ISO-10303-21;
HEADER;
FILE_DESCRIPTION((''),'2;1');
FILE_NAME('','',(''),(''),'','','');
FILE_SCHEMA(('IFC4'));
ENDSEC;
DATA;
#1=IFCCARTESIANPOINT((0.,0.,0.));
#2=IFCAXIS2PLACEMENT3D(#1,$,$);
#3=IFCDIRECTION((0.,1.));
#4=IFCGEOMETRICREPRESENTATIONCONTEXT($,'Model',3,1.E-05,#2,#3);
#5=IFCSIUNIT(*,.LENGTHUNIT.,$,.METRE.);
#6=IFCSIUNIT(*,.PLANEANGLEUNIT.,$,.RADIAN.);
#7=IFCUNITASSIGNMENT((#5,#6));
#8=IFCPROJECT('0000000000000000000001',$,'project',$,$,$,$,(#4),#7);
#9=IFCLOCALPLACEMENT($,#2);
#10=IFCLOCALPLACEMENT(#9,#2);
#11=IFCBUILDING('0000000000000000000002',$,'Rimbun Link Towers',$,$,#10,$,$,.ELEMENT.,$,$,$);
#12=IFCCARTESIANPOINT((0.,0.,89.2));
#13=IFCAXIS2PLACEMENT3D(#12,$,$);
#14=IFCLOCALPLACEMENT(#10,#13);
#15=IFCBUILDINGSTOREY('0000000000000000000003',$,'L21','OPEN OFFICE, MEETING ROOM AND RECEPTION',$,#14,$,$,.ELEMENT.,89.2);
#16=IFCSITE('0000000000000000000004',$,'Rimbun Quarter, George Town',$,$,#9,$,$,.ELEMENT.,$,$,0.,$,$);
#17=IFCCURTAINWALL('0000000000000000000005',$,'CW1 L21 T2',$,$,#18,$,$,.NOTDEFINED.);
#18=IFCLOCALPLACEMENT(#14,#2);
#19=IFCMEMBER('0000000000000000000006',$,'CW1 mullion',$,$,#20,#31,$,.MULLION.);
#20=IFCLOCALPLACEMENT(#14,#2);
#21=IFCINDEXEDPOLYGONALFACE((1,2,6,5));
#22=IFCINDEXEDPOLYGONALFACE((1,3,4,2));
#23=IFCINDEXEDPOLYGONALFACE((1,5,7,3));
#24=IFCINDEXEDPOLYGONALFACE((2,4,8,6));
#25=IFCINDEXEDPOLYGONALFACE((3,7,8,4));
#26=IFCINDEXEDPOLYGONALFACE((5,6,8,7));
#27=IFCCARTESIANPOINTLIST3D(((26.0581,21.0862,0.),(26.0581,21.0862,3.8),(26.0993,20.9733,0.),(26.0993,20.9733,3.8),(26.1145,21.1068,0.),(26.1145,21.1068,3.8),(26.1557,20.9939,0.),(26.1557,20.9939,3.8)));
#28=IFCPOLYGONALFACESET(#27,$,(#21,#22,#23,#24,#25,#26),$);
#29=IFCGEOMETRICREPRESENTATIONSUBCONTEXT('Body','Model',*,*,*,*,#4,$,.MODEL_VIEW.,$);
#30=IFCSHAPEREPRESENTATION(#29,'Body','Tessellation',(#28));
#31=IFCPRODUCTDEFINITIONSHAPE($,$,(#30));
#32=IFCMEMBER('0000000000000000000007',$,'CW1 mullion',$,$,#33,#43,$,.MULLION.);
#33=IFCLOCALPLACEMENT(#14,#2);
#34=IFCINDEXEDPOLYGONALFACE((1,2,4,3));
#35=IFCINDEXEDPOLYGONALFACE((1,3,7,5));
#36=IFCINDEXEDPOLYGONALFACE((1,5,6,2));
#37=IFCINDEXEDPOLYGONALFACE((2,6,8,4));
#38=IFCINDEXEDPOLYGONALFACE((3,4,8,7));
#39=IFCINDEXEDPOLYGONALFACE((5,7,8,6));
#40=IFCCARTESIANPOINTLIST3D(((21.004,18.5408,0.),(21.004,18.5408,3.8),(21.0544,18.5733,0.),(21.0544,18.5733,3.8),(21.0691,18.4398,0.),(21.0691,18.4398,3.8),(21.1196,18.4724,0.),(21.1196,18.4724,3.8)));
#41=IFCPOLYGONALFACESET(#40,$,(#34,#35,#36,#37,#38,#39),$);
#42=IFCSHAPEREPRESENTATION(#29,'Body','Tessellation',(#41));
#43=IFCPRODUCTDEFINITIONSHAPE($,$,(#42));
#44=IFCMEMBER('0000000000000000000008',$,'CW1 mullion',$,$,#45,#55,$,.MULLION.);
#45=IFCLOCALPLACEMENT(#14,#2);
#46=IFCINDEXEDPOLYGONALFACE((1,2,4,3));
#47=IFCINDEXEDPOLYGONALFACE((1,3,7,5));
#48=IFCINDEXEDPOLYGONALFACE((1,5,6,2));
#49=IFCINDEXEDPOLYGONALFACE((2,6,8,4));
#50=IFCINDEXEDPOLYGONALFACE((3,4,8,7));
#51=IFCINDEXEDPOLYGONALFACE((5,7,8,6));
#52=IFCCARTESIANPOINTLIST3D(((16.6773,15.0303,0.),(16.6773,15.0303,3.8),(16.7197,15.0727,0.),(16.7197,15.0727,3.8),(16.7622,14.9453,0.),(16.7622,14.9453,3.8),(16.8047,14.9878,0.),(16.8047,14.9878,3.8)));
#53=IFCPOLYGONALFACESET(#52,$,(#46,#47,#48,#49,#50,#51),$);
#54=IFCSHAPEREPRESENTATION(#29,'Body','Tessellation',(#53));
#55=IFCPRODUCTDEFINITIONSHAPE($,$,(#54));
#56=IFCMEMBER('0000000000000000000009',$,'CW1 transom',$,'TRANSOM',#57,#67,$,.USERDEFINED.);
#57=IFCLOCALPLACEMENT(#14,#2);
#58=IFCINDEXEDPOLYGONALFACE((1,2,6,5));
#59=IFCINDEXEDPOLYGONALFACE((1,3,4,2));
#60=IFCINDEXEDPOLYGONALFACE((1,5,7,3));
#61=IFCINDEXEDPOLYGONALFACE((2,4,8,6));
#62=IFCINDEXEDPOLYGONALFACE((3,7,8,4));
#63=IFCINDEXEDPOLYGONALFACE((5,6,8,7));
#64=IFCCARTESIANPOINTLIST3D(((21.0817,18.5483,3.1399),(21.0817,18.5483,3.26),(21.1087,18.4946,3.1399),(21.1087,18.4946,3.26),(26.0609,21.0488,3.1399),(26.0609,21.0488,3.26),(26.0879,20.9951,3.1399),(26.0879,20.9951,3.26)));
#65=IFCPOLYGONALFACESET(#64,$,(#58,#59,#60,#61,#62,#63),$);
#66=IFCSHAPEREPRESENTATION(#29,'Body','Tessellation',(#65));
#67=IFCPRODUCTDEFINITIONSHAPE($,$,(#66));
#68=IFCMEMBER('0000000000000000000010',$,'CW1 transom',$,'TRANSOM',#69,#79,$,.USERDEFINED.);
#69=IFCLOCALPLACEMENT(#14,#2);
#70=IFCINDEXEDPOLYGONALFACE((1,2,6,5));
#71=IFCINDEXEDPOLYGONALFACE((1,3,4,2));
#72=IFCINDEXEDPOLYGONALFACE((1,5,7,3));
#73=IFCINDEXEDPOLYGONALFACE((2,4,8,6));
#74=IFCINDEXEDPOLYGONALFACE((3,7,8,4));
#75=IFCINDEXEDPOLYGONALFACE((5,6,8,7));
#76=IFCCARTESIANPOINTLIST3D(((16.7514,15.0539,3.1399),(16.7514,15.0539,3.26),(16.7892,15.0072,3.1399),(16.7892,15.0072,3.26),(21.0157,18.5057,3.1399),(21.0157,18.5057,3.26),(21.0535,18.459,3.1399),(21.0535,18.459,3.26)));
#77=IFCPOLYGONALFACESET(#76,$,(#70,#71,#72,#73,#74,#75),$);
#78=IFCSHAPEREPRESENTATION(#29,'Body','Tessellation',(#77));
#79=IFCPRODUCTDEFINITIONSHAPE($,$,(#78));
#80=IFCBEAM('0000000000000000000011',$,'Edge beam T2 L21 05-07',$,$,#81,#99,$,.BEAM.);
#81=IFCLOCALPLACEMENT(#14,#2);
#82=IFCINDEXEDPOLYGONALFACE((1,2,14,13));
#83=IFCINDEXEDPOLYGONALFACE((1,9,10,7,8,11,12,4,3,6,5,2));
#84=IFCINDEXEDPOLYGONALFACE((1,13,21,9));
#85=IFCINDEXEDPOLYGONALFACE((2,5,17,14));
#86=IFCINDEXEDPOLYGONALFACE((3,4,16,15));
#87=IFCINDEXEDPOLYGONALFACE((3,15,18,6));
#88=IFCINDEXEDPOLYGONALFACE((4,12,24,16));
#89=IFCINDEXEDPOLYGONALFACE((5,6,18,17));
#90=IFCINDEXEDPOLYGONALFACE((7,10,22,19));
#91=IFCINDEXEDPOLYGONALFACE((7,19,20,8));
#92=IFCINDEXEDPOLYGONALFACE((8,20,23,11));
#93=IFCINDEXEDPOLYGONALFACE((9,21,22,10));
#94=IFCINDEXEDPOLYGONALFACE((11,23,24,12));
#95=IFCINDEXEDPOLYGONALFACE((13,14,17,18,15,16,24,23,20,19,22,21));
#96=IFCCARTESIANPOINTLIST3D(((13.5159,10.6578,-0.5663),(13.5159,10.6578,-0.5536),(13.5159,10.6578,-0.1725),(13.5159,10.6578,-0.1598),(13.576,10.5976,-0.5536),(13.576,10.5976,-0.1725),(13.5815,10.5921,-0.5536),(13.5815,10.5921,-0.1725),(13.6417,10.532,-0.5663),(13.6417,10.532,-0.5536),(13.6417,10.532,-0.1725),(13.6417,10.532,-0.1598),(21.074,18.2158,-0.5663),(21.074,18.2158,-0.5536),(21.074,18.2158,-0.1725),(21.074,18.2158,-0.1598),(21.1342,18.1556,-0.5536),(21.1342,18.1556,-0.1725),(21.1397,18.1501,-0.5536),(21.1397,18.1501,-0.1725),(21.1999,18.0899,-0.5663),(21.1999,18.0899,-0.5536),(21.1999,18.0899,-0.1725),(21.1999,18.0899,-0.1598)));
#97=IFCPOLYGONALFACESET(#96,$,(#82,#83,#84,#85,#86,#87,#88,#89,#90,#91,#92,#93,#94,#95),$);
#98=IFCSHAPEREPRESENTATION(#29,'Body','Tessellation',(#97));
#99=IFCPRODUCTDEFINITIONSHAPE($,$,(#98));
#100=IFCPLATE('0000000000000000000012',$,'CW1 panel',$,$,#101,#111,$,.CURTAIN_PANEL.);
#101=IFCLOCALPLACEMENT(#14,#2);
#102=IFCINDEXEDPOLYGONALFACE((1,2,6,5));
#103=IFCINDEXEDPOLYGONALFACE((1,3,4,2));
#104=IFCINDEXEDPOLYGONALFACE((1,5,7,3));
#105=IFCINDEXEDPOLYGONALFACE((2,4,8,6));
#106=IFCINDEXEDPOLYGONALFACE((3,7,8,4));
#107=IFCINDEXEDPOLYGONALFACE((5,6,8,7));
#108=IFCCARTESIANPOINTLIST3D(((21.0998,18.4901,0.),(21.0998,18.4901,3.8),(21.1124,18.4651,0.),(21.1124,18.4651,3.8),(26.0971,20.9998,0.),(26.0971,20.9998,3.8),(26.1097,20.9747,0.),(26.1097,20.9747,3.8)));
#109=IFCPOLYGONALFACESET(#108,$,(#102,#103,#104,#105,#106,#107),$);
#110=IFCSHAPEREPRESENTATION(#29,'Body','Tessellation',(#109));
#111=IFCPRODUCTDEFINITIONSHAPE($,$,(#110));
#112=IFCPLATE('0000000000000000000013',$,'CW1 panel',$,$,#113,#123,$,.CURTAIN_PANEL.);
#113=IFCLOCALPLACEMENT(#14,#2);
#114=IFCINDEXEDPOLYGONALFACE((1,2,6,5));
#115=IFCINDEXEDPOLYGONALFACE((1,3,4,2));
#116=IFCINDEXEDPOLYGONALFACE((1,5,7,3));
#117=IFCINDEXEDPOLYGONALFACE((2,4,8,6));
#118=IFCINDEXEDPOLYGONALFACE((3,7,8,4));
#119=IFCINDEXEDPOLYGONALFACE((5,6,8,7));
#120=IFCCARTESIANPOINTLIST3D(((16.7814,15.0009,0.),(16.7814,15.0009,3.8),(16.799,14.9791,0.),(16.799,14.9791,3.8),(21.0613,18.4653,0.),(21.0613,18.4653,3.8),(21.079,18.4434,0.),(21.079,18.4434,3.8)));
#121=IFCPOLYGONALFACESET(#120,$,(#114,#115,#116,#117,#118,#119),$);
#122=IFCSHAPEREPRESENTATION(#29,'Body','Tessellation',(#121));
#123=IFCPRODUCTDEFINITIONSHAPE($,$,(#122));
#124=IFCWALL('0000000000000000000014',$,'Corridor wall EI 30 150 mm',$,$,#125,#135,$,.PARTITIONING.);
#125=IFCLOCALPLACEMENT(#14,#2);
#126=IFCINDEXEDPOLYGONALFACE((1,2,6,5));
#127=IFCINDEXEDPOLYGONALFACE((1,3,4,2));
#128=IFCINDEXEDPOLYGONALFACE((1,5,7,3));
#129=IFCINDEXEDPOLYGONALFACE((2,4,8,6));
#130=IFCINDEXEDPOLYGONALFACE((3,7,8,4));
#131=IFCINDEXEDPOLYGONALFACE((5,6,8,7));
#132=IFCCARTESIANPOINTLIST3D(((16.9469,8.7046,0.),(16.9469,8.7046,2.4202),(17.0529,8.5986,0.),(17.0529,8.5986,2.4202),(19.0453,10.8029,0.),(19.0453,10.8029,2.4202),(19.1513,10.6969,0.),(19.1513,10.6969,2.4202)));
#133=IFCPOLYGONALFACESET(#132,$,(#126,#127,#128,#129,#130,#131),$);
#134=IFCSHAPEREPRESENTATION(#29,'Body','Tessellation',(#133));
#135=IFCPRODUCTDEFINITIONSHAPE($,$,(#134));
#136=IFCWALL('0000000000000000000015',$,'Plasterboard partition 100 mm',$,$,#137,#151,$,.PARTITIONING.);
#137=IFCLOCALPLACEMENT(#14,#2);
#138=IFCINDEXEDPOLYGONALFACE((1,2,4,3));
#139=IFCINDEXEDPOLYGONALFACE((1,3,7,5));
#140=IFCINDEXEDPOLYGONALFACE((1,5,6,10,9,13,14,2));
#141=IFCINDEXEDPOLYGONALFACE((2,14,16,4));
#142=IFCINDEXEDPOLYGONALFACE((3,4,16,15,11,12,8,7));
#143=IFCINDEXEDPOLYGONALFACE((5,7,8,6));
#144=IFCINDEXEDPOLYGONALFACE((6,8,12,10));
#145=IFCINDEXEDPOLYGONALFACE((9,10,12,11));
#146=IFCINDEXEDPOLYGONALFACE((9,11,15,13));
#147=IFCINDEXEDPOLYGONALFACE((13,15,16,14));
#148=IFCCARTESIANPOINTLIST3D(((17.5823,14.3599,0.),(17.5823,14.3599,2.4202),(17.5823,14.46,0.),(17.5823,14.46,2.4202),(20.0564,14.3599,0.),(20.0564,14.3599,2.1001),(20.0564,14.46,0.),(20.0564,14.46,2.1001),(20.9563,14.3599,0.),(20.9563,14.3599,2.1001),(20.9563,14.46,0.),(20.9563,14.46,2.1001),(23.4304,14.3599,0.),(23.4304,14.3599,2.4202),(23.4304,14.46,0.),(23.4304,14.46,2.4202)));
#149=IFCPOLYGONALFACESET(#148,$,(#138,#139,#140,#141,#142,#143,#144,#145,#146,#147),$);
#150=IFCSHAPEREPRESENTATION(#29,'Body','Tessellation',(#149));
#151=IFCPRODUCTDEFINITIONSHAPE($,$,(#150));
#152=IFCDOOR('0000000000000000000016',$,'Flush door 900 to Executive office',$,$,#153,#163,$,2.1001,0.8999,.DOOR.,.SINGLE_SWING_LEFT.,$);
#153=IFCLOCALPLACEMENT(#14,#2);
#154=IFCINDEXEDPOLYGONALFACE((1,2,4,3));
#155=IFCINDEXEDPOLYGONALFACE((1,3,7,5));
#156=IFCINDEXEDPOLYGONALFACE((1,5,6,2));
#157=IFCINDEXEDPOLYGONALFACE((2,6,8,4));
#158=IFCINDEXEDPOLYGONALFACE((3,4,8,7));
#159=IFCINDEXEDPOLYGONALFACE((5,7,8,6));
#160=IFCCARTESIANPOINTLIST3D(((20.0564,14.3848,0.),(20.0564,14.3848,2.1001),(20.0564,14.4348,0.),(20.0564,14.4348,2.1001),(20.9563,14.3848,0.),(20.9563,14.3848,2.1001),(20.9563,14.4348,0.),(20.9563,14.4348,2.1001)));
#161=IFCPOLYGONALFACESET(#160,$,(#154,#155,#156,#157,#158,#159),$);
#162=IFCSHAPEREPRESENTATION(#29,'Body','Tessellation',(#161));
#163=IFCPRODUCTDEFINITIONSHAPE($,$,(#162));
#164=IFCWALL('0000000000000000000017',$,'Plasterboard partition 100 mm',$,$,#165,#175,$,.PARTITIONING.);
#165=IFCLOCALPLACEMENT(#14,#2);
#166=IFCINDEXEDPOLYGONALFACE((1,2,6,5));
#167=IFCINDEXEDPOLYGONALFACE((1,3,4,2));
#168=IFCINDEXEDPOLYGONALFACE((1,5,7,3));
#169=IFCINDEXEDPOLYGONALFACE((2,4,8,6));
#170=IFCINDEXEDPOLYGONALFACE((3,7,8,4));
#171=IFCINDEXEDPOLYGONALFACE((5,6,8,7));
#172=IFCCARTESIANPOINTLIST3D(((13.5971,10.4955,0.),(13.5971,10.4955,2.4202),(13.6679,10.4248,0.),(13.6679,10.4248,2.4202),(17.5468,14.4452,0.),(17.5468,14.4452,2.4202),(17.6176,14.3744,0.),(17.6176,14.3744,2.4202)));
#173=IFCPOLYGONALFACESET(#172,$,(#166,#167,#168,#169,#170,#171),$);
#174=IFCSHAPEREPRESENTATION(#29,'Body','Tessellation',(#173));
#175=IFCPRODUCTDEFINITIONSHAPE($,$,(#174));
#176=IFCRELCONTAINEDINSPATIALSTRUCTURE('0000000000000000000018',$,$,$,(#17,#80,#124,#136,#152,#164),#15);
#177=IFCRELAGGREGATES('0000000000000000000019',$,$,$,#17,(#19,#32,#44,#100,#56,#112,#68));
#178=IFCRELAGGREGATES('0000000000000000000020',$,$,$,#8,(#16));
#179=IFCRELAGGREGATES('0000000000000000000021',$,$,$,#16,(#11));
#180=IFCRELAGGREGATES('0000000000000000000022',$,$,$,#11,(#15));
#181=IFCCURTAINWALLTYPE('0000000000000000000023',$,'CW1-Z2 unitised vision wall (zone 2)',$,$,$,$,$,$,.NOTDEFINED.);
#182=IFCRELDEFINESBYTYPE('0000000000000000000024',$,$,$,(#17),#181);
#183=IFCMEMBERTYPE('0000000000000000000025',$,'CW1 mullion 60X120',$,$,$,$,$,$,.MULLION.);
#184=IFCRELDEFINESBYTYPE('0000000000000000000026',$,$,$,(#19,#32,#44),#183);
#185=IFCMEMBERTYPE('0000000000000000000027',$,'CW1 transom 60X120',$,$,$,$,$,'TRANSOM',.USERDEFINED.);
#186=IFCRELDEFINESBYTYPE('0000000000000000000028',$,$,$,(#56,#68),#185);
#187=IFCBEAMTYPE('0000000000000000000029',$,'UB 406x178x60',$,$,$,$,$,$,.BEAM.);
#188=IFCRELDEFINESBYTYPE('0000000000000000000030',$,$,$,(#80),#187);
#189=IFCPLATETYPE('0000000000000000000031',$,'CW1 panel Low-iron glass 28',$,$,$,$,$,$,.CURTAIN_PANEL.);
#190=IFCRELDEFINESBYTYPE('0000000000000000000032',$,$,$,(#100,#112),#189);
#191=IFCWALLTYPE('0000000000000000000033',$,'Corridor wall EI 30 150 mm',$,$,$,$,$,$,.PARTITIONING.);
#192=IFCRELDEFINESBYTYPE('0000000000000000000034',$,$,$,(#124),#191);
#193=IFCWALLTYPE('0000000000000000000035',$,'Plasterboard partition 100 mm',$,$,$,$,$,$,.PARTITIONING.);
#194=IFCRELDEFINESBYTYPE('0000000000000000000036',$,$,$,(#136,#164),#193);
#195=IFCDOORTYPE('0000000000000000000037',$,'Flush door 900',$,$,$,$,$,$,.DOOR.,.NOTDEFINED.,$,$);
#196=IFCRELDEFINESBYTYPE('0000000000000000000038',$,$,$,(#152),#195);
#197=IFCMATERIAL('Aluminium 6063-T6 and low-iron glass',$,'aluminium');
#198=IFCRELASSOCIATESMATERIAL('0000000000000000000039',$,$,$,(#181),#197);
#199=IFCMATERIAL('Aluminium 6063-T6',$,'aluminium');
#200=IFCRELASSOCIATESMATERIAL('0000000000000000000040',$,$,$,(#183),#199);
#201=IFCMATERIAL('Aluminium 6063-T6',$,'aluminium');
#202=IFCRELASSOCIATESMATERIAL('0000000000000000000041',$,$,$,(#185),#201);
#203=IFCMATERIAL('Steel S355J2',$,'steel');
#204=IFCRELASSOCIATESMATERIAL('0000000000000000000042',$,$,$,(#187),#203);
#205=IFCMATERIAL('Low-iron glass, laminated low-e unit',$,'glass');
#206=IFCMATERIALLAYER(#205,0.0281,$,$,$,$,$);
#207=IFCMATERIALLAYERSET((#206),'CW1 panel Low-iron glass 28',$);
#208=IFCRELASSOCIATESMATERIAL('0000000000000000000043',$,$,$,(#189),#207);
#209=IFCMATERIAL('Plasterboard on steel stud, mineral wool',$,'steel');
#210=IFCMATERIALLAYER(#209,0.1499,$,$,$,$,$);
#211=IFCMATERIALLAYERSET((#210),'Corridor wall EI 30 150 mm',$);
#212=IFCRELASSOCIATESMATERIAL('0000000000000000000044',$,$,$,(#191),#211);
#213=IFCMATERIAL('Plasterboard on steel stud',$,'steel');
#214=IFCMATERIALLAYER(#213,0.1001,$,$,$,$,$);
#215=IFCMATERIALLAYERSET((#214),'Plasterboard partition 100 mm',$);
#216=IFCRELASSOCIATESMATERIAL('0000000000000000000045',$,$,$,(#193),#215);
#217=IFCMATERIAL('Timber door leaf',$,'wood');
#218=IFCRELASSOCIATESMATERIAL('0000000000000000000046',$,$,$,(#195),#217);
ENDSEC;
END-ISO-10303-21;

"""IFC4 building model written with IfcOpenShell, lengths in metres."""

from ifc_helpers import new_model, si_unit, direction, frame, frame_2d, origin, origin_2d, place, context, subcontext, project, spatial, rectangle, i_section, extrude, material, layer, layer_set, material_profile, profile_set, type_object, element, fill, aggregate, save


model = new_model("IFC4")

# Units and contexts
model_context = context("Model", 3, precision=1e-05, world=origin(), true_north=direction((0.0, 1.0)))
body_context = subcontext(model_context, "Body", "Model", "MODEL_VIEW")
ifc_project = project(units=[si_unit("LENGTHUNIT", "METRE"), si_unit("PLANEANGLEUNIT", "RADIAN")], contexts=[model_context])

# Site, building, storey
site_placement = place(None, origin())
site = spatial("IfcSite", under=ifc_project, at=site_placement, Name="Rimbun Quarter, George Town", CompositionType="ELEMENT", RefElevation=0.0)
building_placement = place(site_placement, origin())
building = spatial("IfcBuilding", under=site, at=building_placement, Name="Rimbun Link Towers", CompositionType="ELEMENT")
storey_placement = place(building_placement, frame((0.0, 0.0, 89.2)))
storey = spatial("IfcBuildingStorey", under=building, at=storey_placement, Name="L21", Description="OPEN OFFICE, MEETING ROOM AND RECEPTION", CompositionType="ELEMENT", Elevation=89.2)

# Curtain wall, members
ifc_material_1 = material(Name="Aluminium 6063-T6 and low-iron glass", Category="aluminium")
curtain_wall_type = type_object("IfcCurtainWallType", Name="CW1-Z2 unitised vision wall (zone 2)", PredefinedType="NOTDEFINED", material=ifc_material_1)
curtain_wall_placement = place(storey_placement, origin())
curtain_wall = element("IfcCurtainWall", 1, at=curtain_wall_placement, inside=storey, type_object=curtain_wall_type, Name="CW1 L21 T2", PredefinedType="NOTDEFINED")
ifc_material_2 = material(Name="Aluminium 6063-T6", Category="aluminium")
ifc_material_profile_1 = material_profile(ifc_material_2, rectangle(XDim=0.1201, YDim=0.0601, at=origin_2d()), Name="MULLION 60X120")
ifc_profile_set_1 = profile_set([ifc_material_profile_1], Name="Aluminium 6063-T6")
member_type_1 = type_object("IfcMemberType", Name="CW1 mullion 60X120", PredefinedType="MULLION", material=ifc_profile_set_1)
member_1_placement = place(storey_placement, frame((26.1069, 21.04, 0.0), z_axis=(0.0, 0.0, 1.0), x_axis=(-0.342965, 0.939348, 0.0)))
member_1 = element("IfcMember", 2, at=member_1_placement, type_object=member_type_1, Name="CW1 mullion", PredefinedType="MULLION", context=body_context, shape_type="SweptSolid", body=[
    extrude(rectangle(XDim=0.1201, YDim=0.0601, at=origin_2d()), origin(), (0.0, 0.0, 1.0), 3.8),
])
member_2_placement = place(storey_placement, frame((21.0618, 18.5066, 0.0), z_axis=(0.0, 0.0, 1.0), x_axis=(-0.542106, 0.84031, 0.0)))
member_2 = element("IfcMember", 3, at=member_2_placement, type_object=member_type_1, Name="CW1 mullion", PredefinedType="MULLION", context=body_context, shape_type="SweptSolid", body=[
    extrude(rectangle(XDim=0.1201, YDim=0.0601, at=origin_2d()), origin(), (0.0, 0.0, 1.0), 3.8),
])
member_3_placement = place(storey_placement, frame((16.741, 15.009, 0.0), z_axis=(0.0, 0.0, 1.0), x_axis=(-0.707107, 0.707107, 0.0)))
member_3 = element("IfcMember", 4, at=member_3_placement, type_object=member_type_1, Name="CW1 mullion", PredefinedType="MULLION", context=body_context, shape_type="SweptSolid", body=[
    extrude(rectangle(XDim=0.1201, YDim=0.0601, at=origin_2d()), origin(), (0.0, 0.0, 1.0), 3.8),
])
ifc_material_3 = material(Name="Aluminium 6063-T6", Category="aluminium")
ifc_material_profile_2 = material_profile(ifc_material_3, rectangle(XDim=0.0601, YDim=0.1201, at=origin_2d()), Name="TRANSOM 60X120")
ifc_profile_set_2 = profile_set([ifc_material_profile_2], Name="Aluminium 6063-T6")
member_type_2 = type_object("IfcMemberType", Name="CW1 transom 60X120", ElementType="TRANSOM", PredefinedType="USERDEFINED", material=ifc_profile_set_2)
member_4_placement = place(storey_placement, frame((21.0952, 18.5215, 3.2), z_axis=(0.893646, 0.448773, 0.0), x_axis=(-0.448773, 0.893646, 0.0)))
member_4 = element("IfcMember", 5, at=member_4_placement, type_object=member_type_2, Name="CW1 transom", ObjectType="TRANSOM", PredefinedType="USERDEFINED", context=body_context, shape_type="SweptSolid", body=[
    extrude(rectangle(XDim=0.0601, YDim=0.1201, at=origin_2d()), origin(), (0.0, 0.0, 1.0), 5.5718),
])
member_5_placement = place(storey_placement, frame((16.7703, 15.0305, 3.2), z_axis=(0.777266, 0.629173, 0.0), x_axis=(-0.629173, 0.777266, 0.0)))
member_5 = element("IfcMember", 6, at=member_5_placement, type_object=member_type_2, Name="CW1 transom", ObjectType="TRANSOM", PredefinedType="USERDEFINED", context=body_context, shape_type="SweptSolid", body=[
    extrude(rectangle(XDim=0.0601, YDim=0.1201, at=origin_2d()), origin(), (0.0, 0.0, 1.0), 5.4863),
])

# Beam
ifc_material_4 = material(Name="Steel S355J2", Category="steel")
ifc_material_profile_3 = material_profile(ifc_material_4, i_section(OverallWidth=0.178, OverallDepth=0.4065, WebThickness=0.0078, FlangeThickness=0.0127, at=origin_2d()), Name="UB 406x178x60")
ifc_profile_set_3 = profile_set([ifc_material_profile_3], Name="Steel S355J2")
beam_type = type_object("IfcBeamType", Name="UB 406x178x60", PredefinedType="BEAM", material=ifc_profile_set_3)
beam_placement = place(storey_placement, frame((21.137, 18.1528, -0.363), z_axis=(-0.707118, -0.707095, 0.0), x_axis=(0.707095, -0.707118, 0.0)))
element("IfcBeam", 7, at=beam_placement, inside=storey, type_object=beam_type, Name="Edge beam T2 L21 05-07", PredefinedType="BEAM", context=body_context, shape_type="SweptSolid", body=[
    extrude(i_section(OverallWidth=0.178, OverallDepth=0.4065, WebThickness=0.0078, FlangeThickness=0.0127, at=origin_2d()), origin(), (0.0, 0.0, 1.0), 10.6887),
])

# Plates
ifc_material_5 = material(Name="Low-iron glass, laminated low-e unit", Category="glass")
ifc_layer_1 = layer(ifc_material_5, 0.0281)
ifc_layer_set_1 = layer_set([ifc_layer_1], Name="CW1 panel Low-iron glass 28")
plate_type = type_object("IfcPlateType", Name="CW1 panel Low-iron glass 28", PredefinedType="CURTAIN_PANEL", material=ifc_layer_set_1)
plate_1_placement = place(storey_placement, frame((23.6047, 19.7324, 0.0), z_axis=(0.0, 0.0, 1.0), x_axis=(0.893637, 0.44879, 0.0)))
plate_1 = element("IfcPlate", 8, at=plate_1_placement, type_object=plate_type, Name="CW1 panel", PredefinedType="CURTAIN_PANEL", context=body_context, shape_type="SweptSolid", body=[
    extrude(rectangle(XDim=5.592, YDim=0.0281, at=origin_2d()), origin(), (0.0, 0.0, 1.0), 3.8),
])
plate_2_placement = place(storey_placement, frame((18.9302, 16.7222, 0.0), z_axis=(0.0, 0.0, 1.0), x_axis=(0.777276, 0.629159, 0.0)))
plate_2 = element("IfcPlate", 9, at=plate_2_placement, type_object=plate_type, Name="CW1 panel", PredefinedType="CURTAIN_PANEL", context=body_context, shape_type="SweptSolid", body=[
    extrude(rectangle(XDim=5.5063, YDim=0.0281, at=origin_2d()), origin(), (0.0, 0.0, 1.0), 3.8),
])
aggregate(curtain_wall, [member_1, member_2, member_3, plate_1, member_4, plate_2, member_5])

# Wall
ifc_material_6 = material(Name="Plasterboard on steel stud, mineral wool", Category="steel")
ifc_layer_2 = layer(ifc_material_6, 0.1499)
ifc_layer_set_2 = layer_set([ifc_layer_2], Name="Corridor wall EI 30 150 mm")
wall_type_1 = type_object("IfcWallType", Name="Corridor wall EI 30 150 mm", PredefinedType="PARTITIONING", material=ifc_layer_set_2)
wall_1_placement = place(storey_placement, frame((19.0984, 10.75, 0.0), z_axis=(0.0, 0.0, 1.0), x_axis=(-0.707107, -0.707107, 0.0)))
element("IfcWall", 10, at=wall_1_placement, inside=storey, type_object=wall_type_1, Name="Corridor wall EI 30 150 mm", PredefinedType="PARTITIONING", context=body_context, shape_type="SweptSolid", body=[
    extrude(rectangle(XDim=2.9675, YDim=0.1499, at=frame_2d((1.4839, 0.0))), origin(), (0.0, 0.0, 1.0), 2.4202),
])

# Wall, opening, door
ifc_material_7 = material(Name="Plasterboard on steel stud", Category="steel")
ifc_layer_3 = layer(ifc_material_7, 0.1001)
ifc_layer_set_3 = layer_set([ifc_layer_3], Name="Plasterboard partition 100 mm")
wall_type_2 = type_object("IfcWallType", Name="Plasterboard partition 100 mm", PredefinedType="PARTITIONING", material=ifc_layer_set_3)
wall_2_placement = place(storey_placement, frame((17.5823, 14.4099, 0.0), z_axis=(0.0, 0.0, 1.0), x_axis=(1.0, 0.0, 0.0)))
wall_2 = element("IfcWall", 11, at=wall_2_placement, inside=storey, type_object=wall_type_2, Name="Plasterboard partition 100 mm", PredefinedType="PARTITIONING", context=body_context, shape_type="SweptSolid", body=[
    extrude(rectangle(XDim=5.8481, YDim=0.1001, at=frame_2d((2.9241, 0.0))), origin(), (0.0, 0.0, 1.0), 2.4202),
])
opening_placement = place(wall_2_placement, frame((2.4741, 0.0, 0.0)))
opening = element("IfcOpeningElement", 12, at=opening_placement, cuts=wall_2, PredefinedType="OPENING", context=body_context, shape_type="SweptSolid", body=[
    extrude(rectangle(XDim=0.8999, YDim=2.1001, at=frame_2d((0.45, 1.05))), frame((0.0, 0.0601, 0.0), z_axis=(0.0, -1.0, 0.0), x_axis=(1.0, 0.0, 0.0)), (0.0, 0.0, 1.0), 0.1201),
])
ifc_material_8 = material(Name="Timber door leaf", Category="wood")
door_type = type_object("IfcDoorType", Name="Flush door 900", OperationType="NOTDEFINED", PredefinedType="DOOR", material=ifc_material_8)
door_placement = place(opening_placement, origin())
door = element("IfcDoor", 13, at=door_placement, inside=storey, type_object=door_type, Name="Flush door 900 to Executive office", OperationType="SINGLE_SWING_LEFT", OverallHeight=2.1001, OverallWidth=0.8999, PredefinedType="DOOR", context=body_context, shape_type="SweptSolid", body=[
    extrude(rectangle(XDim=0.8999, YDim=2.1001, at=frame_2d((0.45, 1.05))), frame((0.0, 0.0249, 0.0), z_axis=(0.0, -1.0, 0.0), x_axis=(1.0, 0.0, 0.0)), (0.0, 0.0, 1.0), 0.05),
])
fill(opening, door)

# Wall
wall_3_placement = place(storey_placement, frame((17.5823, 14.4099, 0.0), z_axis=(0.0, 0.0, 1.0), x_axis=(-0.707107, -0.707107, 0.0)))
element("IfcWall", 14, at=wall_3_placement, inside=storey, type_object=wall_type_2, Name="Plasterboard partition 100 mm", PredefinedType="PARTITIONING", context=body_context, shape_type="SweptSolid", body=[
    extrude(rectangle(XDim=5.5857, YDim=0.1001, at=frame_2d((2.793, 0.0))), origin(), (0.0, 0.0, 1.0), 2.4202),
])

save(model, "model.ifc")
